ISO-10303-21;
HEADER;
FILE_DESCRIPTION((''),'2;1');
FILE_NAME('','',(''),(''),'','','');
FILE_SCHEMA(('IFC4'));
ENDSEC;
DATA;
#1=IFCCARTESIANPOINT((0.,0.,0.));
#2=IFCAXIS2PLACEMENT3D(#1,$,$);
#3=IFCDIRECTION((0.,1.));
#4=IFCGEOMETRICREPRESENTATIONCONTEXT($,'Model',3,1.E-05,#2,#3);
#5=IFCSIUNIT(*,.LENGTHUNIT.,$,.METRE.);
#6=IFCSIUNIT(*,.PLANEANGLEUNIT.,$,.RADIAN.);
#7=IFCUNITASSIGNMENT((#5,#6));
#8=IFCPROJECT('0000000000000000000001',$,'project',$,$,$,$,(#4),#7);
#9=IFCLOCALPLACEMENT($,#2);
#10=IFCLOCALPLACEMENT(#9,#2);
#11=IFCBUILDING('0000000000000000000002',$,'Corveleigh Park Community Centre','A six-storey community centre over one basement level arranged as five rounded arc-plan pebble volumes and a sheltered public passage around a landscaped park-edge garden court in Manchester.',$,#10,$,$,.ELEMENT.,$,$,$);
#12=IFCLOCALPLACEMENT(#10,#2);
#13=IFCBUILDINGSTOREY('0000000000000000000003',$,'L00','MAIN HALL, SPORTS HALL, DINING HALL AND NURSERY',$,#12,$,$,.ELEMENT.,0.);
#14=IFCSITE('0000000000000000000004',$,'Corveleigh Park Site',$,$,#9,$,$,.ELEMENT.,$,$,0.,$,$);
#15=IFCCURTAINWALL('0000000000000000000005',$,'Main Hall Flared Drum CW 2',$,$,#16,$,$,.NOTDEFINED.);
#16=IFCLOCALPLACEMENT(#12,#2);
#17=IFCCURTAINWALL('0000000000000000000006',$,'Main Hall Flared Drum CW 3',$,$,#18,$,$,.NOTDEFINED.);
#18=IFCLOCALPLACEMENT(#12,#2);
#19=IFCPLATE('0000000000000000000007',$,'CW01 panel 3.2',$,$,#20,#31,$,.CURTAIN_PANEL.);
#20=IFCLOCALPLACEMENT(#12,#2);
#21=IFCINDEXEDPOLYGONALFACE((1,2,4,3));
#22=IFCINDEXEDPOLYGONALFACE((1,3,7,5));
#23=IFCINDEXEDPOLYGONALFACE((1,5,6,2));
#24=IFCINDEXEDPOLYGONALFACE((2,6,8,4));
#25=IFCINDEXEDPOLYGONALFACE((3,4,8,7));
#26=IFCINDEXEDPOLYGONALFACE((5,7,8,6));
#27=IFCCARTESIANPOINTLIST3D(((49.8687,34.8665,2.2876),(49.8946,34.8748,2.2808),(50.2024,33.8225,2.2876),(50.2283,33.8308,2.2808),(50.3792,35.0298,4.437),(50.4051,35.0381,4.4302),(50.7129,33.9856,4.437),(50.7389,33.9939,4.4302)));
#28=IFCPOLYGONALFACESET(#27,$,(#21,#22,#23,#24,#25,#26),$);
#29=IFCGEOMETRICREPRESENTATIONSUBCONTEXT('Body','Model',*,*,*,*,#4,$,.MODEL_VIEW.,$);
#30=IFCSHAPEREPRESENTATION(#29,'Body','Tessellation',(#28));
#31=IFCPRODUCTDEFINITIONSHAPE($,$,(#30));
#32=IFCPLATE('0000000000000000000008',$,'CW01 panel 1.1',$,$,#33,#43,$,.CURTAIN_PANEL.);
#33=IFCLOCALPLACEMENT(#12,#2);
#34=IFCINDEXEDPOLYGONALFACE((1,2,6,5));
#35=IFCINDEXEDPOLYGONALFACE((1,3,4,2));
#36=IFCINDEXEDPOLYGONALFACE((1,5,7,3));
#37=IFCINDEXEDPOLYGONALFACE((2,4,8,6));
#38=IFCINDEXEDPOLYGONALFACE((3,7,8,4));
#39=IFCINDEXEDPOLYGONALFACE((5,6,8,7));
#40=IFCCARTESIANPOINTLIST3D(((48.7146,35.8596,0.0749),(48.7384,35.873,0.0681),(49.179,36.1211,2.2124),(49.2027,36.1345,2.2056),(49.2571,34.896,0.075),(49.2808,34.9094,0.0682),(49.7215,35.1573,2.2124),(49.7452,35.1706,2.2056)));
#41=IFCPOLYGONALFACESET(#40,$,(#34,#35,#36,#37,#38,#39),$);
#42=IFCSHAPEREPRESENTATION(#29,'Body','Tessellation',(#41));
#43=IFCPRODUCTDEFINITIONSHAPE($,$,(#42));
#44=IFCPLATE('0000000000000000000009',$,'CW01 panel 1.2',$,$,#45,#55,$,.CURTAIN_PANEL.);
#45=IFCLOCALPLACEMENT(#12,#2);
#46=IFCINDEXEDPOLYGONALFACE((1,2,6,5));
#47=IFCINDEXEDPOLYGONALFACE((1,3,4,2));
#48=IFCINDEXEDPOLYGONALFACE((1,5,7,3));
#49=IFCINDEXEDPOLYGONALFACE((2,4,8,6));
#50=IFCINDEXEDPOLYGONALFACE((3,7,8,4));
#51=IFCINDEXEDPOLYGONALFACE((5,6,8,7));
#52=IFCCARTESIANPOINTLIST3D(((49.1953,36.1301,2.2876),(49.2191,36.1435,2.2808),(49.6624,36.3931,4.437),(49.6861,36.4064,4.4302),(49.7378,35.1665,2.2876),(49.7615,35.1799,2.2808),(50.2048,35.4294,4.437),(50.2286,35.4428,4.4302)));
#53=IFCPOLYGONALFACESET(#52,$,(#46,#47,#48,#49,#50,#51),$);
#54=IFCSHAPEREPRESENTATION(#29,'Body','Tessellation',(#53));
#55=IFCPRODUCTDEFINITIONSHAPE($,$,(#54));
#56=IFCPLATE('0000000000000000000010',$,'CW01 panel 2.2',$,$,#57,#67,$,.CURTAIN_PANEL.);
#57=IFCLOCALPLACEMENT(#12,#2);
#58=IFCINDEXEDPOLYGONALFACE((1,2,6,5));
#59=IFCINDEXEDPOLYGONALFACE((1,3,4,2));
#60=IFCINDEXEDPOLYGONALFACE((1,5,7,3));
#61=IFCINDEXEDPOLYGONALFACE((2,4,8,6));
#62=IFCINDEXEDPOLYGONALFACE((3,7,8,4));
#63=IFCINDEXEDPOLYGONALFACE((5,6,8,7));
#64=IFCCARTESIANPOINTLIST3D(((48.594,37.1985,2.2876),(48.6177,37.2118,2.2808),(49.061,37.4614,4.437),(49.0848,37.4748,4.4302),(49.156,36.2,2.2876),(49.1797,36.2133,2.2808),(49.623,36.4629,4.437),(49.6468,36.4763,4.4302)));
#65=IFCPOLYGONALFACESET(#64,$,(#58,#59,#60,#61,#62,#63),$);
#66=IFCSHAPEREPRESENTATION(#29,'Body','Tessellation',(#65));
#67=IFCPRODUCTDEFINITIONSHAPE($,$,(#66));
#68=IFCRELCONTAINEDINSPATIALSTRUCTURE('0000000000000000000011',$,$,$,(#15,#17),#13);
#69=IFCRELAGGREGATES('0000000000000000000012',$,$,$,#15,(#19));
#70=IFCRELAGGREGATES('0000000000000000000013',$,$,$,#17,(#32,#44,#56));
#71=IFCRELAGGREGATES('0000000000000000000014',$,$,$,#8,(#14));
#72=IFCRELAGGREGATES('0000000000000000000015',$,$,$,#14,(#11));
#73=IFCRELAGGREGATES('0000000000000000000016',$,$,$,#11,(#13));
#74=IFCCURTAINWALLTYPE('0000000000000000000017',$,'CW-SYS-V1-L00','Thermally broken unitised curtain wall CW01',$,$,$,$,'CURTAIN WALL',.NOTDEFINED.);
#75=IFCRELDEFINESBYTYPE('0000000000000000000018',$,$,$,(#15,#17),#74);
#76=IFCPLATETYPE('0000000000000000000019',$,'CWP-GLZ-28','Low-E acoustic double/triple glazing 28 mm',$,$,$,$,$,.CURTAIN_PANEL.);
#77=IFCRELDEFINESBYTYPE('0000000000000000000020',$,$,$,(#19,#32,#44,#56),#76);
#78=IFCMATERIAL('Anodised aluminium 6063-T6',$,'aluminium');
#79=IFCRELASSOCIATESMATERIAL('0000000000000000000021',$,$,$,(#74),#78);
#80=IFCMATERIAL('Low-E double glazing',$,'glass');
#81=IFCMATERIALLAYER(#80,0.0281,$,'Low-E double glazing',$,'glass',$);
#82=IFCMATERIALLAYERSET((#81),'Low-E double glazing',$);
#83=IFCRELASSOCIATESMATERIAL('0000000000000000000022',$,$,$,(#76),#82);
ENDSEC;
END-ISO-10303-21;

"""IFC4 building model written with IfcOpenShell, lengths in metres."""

from ifc_helpers import new_model, si_unit, direction, frame, origin, place, context, subcontext, project, spatial, polyline, outline, extrude, material, layer, layer_set, type_object, element, aggregate, save


model = new_model("IFC4")

# Units and contexts
model_context = context("Model", 3, precision=1e-05, world=origin(), true_north=direction((0.0, 1.0)))
body_context = subcontext(model_context, "Body", "Model", "MODEL_VIEW")
ifc_project = project(units=[si_unit("LENGTHUNIT", "METRE"), si_unit("PLANEANGLEUNIT", "RADIAN")], contexts=[model_context])

# Site, building, storey
site_placement = place(None, origin())
site = spatial("IfcSite", under=ifc_project, at=site_placement, Name="Corveleigh Park Site", CompositionType="ELEMENT", RefElevation=0.0)
building_placement = place(site_placement, origin())
building = spatial("IfcBuilding", under=site, at=building_placement, Name="Corveleigh Park Community Centre", Description="A six-storey community centre over one basement level arranged as five rounded arc-plan pebble volumes and a sheltered public passage around a landscaped park-edge garden court in Manchester.", CompositionType="ELEMENT")
storey_placement = place(building_placement, origin())
storey = spatial("IfcBuildingStorey", under=building, at=storey_placement, Name="L00", Description="MAIN HALL, SPORTS HALL, DINING HALL AND NURSERY", CompositionType="ELEMENT", Elevation=0.0)

# Shared definitions
ifc_material_1 = material(Name="Anodised aluminium 6063-T6", Category="aluminium")
curtain_wall_type = type_object("IfcCurtainWallType", Name="CW-SYS-V1-L00", Description="Thermally broken unitised curtain wall CW01", ElementType="CURTAIN WALL", PredefinedType="NOTDEFINED", material=ifc_material_1)

# Curtain walls
curtain_wall_1_placement = place(storey_placement, origin())
curtain_wall_1 = element("IfcCurtainWall", 1, at=curtain_wall_1_placement, inside=storey, type_object=curtain_wall_type, Name="Main Hall Flared Drum CW 2", PredefinedType="NOTDEFINED")
curtain_wall_2_placement = place(storey_placement, origin())
curtain_wall_2 = element("IfcCurtainWall", 2, at=curtain_wall_2_placement, inside=storey, type_object=curtain_wall_type, Name="Main Hall Flared Drum CW 3", PredefinedType="NOTDEFINED")

# Plates
ifc_material_2 = material(Name="Low-E double glazing", Category="glass")
ifc_layer = layer(ifc_material_2, 0.0281, Name="Low-E double glazing", Category="glass")
ifc_layer_set = layer_set([ifc_layer], Name="Low-E double glazing")
plate_type = type_object("IfcPlateType", Name="CWP-GLZ-28", Description="Low-E acoustic double/triple glazing 28 mm", PredefinedType="CURTAIN_PANEL", material=ifc_layer_set)
plate_1_placement = place(storey_placement, frame((50.2024, 33.8225, 2.2876), z_axis=(-0.924221, -0.295431, 0.24194), x_axis=(-0.304479, 0.952519, -0.000008)))
plate_1 = element("IfcPlate", 3, at=plate_1_placement, type_object=plate_type, Name="CW01 panel 3.2", PredefinedType="CURTAIN_PANEL", context=body_context, shape_type="SweptSolid", body=[
    extrude(outline(polyline([(0.0, 0.0), (1.096, 0.0), (1.0961, -2.2152), (-0.0001, -2.2152), (0.0, 0.0)])), origin(), (0.0, 0.0, -1.0), 0.0281),
])
aggregate(curtain_wall_1, [plate_1])
plate_2_placement = place(storey_placement, frame((49.2571, 34.896, 0.075), z_axis=(-0.845553, -0.475951, 0.24189), x_axis=(-0.490521, 0.87143, -0.000013)))
plate_2 = element("IfcPlate", 4, at=plate_2_placement, type_object=plate_type, Name="CW01 panel 1.1", PredefinedType="CURTAIN_PANEL", context=body_context, shape_type="SweptSolid", body=[
    extrude(outline(polyline([(0.0, 0.0), (1.1058, 0.0), (1.1059, -2.2029), (-0.0002, -2.2029), (0.0, 0.0)])), origin(), (0.0, 0.0, -1.0), 0.0281),
])
plate_3_placement = place(storey_placement, frame((49.7378, 35.1665, 2.2876), z_axis=(-0.845514, -0.47599, 0.241948), x_axis=(-0.490565, 0.871404, 0.0)))
plate_3 = element("IfcPlate", 5, at=plate_3_placement, type_object=plate_type, Name="CW01 panel 1.2", PredefinedType="CURTAIN_PANEL", context=body_context, shape_type="SweptSolid", body=[
    extrude(outline(polyline([(0.0, 0.0), (1.1058, 0.0), (1.1058, -2.2152), (0.0, -2.2152), (0.0, 0.0)])), origin(), (0.0, 0.0, -1.0), 0.0281),
])
plate_4_placement = place(storey_placement, frame((49.156, 36.2, 2.2876), z_axis=(-0.845559, -0.475911, 0.241948), x_axis=(-0.490484, 0.87145, 0.0)))
plate_4 = element("IfcPlate", 6, at=plate_4_placement, type_object=plate_type, Name="CW01 panel 2.2", PredefinedType="CURTAIN_PANEL", context=body_context, shape_type="SweptSolid", body=[
    extrude(outline(polyline([(0.0, 0.0), (1.1458, 0.0), (1.1459, -2.2152), (0.0001, -2.2152), (0.0, 0.0)])), origin(), (0.0, 0.0, -1.0), 0.0281),
])
aggregate(curtain_wall_2, [plate_2, plate_3, plate_4])

save(model, "model.ifc")
